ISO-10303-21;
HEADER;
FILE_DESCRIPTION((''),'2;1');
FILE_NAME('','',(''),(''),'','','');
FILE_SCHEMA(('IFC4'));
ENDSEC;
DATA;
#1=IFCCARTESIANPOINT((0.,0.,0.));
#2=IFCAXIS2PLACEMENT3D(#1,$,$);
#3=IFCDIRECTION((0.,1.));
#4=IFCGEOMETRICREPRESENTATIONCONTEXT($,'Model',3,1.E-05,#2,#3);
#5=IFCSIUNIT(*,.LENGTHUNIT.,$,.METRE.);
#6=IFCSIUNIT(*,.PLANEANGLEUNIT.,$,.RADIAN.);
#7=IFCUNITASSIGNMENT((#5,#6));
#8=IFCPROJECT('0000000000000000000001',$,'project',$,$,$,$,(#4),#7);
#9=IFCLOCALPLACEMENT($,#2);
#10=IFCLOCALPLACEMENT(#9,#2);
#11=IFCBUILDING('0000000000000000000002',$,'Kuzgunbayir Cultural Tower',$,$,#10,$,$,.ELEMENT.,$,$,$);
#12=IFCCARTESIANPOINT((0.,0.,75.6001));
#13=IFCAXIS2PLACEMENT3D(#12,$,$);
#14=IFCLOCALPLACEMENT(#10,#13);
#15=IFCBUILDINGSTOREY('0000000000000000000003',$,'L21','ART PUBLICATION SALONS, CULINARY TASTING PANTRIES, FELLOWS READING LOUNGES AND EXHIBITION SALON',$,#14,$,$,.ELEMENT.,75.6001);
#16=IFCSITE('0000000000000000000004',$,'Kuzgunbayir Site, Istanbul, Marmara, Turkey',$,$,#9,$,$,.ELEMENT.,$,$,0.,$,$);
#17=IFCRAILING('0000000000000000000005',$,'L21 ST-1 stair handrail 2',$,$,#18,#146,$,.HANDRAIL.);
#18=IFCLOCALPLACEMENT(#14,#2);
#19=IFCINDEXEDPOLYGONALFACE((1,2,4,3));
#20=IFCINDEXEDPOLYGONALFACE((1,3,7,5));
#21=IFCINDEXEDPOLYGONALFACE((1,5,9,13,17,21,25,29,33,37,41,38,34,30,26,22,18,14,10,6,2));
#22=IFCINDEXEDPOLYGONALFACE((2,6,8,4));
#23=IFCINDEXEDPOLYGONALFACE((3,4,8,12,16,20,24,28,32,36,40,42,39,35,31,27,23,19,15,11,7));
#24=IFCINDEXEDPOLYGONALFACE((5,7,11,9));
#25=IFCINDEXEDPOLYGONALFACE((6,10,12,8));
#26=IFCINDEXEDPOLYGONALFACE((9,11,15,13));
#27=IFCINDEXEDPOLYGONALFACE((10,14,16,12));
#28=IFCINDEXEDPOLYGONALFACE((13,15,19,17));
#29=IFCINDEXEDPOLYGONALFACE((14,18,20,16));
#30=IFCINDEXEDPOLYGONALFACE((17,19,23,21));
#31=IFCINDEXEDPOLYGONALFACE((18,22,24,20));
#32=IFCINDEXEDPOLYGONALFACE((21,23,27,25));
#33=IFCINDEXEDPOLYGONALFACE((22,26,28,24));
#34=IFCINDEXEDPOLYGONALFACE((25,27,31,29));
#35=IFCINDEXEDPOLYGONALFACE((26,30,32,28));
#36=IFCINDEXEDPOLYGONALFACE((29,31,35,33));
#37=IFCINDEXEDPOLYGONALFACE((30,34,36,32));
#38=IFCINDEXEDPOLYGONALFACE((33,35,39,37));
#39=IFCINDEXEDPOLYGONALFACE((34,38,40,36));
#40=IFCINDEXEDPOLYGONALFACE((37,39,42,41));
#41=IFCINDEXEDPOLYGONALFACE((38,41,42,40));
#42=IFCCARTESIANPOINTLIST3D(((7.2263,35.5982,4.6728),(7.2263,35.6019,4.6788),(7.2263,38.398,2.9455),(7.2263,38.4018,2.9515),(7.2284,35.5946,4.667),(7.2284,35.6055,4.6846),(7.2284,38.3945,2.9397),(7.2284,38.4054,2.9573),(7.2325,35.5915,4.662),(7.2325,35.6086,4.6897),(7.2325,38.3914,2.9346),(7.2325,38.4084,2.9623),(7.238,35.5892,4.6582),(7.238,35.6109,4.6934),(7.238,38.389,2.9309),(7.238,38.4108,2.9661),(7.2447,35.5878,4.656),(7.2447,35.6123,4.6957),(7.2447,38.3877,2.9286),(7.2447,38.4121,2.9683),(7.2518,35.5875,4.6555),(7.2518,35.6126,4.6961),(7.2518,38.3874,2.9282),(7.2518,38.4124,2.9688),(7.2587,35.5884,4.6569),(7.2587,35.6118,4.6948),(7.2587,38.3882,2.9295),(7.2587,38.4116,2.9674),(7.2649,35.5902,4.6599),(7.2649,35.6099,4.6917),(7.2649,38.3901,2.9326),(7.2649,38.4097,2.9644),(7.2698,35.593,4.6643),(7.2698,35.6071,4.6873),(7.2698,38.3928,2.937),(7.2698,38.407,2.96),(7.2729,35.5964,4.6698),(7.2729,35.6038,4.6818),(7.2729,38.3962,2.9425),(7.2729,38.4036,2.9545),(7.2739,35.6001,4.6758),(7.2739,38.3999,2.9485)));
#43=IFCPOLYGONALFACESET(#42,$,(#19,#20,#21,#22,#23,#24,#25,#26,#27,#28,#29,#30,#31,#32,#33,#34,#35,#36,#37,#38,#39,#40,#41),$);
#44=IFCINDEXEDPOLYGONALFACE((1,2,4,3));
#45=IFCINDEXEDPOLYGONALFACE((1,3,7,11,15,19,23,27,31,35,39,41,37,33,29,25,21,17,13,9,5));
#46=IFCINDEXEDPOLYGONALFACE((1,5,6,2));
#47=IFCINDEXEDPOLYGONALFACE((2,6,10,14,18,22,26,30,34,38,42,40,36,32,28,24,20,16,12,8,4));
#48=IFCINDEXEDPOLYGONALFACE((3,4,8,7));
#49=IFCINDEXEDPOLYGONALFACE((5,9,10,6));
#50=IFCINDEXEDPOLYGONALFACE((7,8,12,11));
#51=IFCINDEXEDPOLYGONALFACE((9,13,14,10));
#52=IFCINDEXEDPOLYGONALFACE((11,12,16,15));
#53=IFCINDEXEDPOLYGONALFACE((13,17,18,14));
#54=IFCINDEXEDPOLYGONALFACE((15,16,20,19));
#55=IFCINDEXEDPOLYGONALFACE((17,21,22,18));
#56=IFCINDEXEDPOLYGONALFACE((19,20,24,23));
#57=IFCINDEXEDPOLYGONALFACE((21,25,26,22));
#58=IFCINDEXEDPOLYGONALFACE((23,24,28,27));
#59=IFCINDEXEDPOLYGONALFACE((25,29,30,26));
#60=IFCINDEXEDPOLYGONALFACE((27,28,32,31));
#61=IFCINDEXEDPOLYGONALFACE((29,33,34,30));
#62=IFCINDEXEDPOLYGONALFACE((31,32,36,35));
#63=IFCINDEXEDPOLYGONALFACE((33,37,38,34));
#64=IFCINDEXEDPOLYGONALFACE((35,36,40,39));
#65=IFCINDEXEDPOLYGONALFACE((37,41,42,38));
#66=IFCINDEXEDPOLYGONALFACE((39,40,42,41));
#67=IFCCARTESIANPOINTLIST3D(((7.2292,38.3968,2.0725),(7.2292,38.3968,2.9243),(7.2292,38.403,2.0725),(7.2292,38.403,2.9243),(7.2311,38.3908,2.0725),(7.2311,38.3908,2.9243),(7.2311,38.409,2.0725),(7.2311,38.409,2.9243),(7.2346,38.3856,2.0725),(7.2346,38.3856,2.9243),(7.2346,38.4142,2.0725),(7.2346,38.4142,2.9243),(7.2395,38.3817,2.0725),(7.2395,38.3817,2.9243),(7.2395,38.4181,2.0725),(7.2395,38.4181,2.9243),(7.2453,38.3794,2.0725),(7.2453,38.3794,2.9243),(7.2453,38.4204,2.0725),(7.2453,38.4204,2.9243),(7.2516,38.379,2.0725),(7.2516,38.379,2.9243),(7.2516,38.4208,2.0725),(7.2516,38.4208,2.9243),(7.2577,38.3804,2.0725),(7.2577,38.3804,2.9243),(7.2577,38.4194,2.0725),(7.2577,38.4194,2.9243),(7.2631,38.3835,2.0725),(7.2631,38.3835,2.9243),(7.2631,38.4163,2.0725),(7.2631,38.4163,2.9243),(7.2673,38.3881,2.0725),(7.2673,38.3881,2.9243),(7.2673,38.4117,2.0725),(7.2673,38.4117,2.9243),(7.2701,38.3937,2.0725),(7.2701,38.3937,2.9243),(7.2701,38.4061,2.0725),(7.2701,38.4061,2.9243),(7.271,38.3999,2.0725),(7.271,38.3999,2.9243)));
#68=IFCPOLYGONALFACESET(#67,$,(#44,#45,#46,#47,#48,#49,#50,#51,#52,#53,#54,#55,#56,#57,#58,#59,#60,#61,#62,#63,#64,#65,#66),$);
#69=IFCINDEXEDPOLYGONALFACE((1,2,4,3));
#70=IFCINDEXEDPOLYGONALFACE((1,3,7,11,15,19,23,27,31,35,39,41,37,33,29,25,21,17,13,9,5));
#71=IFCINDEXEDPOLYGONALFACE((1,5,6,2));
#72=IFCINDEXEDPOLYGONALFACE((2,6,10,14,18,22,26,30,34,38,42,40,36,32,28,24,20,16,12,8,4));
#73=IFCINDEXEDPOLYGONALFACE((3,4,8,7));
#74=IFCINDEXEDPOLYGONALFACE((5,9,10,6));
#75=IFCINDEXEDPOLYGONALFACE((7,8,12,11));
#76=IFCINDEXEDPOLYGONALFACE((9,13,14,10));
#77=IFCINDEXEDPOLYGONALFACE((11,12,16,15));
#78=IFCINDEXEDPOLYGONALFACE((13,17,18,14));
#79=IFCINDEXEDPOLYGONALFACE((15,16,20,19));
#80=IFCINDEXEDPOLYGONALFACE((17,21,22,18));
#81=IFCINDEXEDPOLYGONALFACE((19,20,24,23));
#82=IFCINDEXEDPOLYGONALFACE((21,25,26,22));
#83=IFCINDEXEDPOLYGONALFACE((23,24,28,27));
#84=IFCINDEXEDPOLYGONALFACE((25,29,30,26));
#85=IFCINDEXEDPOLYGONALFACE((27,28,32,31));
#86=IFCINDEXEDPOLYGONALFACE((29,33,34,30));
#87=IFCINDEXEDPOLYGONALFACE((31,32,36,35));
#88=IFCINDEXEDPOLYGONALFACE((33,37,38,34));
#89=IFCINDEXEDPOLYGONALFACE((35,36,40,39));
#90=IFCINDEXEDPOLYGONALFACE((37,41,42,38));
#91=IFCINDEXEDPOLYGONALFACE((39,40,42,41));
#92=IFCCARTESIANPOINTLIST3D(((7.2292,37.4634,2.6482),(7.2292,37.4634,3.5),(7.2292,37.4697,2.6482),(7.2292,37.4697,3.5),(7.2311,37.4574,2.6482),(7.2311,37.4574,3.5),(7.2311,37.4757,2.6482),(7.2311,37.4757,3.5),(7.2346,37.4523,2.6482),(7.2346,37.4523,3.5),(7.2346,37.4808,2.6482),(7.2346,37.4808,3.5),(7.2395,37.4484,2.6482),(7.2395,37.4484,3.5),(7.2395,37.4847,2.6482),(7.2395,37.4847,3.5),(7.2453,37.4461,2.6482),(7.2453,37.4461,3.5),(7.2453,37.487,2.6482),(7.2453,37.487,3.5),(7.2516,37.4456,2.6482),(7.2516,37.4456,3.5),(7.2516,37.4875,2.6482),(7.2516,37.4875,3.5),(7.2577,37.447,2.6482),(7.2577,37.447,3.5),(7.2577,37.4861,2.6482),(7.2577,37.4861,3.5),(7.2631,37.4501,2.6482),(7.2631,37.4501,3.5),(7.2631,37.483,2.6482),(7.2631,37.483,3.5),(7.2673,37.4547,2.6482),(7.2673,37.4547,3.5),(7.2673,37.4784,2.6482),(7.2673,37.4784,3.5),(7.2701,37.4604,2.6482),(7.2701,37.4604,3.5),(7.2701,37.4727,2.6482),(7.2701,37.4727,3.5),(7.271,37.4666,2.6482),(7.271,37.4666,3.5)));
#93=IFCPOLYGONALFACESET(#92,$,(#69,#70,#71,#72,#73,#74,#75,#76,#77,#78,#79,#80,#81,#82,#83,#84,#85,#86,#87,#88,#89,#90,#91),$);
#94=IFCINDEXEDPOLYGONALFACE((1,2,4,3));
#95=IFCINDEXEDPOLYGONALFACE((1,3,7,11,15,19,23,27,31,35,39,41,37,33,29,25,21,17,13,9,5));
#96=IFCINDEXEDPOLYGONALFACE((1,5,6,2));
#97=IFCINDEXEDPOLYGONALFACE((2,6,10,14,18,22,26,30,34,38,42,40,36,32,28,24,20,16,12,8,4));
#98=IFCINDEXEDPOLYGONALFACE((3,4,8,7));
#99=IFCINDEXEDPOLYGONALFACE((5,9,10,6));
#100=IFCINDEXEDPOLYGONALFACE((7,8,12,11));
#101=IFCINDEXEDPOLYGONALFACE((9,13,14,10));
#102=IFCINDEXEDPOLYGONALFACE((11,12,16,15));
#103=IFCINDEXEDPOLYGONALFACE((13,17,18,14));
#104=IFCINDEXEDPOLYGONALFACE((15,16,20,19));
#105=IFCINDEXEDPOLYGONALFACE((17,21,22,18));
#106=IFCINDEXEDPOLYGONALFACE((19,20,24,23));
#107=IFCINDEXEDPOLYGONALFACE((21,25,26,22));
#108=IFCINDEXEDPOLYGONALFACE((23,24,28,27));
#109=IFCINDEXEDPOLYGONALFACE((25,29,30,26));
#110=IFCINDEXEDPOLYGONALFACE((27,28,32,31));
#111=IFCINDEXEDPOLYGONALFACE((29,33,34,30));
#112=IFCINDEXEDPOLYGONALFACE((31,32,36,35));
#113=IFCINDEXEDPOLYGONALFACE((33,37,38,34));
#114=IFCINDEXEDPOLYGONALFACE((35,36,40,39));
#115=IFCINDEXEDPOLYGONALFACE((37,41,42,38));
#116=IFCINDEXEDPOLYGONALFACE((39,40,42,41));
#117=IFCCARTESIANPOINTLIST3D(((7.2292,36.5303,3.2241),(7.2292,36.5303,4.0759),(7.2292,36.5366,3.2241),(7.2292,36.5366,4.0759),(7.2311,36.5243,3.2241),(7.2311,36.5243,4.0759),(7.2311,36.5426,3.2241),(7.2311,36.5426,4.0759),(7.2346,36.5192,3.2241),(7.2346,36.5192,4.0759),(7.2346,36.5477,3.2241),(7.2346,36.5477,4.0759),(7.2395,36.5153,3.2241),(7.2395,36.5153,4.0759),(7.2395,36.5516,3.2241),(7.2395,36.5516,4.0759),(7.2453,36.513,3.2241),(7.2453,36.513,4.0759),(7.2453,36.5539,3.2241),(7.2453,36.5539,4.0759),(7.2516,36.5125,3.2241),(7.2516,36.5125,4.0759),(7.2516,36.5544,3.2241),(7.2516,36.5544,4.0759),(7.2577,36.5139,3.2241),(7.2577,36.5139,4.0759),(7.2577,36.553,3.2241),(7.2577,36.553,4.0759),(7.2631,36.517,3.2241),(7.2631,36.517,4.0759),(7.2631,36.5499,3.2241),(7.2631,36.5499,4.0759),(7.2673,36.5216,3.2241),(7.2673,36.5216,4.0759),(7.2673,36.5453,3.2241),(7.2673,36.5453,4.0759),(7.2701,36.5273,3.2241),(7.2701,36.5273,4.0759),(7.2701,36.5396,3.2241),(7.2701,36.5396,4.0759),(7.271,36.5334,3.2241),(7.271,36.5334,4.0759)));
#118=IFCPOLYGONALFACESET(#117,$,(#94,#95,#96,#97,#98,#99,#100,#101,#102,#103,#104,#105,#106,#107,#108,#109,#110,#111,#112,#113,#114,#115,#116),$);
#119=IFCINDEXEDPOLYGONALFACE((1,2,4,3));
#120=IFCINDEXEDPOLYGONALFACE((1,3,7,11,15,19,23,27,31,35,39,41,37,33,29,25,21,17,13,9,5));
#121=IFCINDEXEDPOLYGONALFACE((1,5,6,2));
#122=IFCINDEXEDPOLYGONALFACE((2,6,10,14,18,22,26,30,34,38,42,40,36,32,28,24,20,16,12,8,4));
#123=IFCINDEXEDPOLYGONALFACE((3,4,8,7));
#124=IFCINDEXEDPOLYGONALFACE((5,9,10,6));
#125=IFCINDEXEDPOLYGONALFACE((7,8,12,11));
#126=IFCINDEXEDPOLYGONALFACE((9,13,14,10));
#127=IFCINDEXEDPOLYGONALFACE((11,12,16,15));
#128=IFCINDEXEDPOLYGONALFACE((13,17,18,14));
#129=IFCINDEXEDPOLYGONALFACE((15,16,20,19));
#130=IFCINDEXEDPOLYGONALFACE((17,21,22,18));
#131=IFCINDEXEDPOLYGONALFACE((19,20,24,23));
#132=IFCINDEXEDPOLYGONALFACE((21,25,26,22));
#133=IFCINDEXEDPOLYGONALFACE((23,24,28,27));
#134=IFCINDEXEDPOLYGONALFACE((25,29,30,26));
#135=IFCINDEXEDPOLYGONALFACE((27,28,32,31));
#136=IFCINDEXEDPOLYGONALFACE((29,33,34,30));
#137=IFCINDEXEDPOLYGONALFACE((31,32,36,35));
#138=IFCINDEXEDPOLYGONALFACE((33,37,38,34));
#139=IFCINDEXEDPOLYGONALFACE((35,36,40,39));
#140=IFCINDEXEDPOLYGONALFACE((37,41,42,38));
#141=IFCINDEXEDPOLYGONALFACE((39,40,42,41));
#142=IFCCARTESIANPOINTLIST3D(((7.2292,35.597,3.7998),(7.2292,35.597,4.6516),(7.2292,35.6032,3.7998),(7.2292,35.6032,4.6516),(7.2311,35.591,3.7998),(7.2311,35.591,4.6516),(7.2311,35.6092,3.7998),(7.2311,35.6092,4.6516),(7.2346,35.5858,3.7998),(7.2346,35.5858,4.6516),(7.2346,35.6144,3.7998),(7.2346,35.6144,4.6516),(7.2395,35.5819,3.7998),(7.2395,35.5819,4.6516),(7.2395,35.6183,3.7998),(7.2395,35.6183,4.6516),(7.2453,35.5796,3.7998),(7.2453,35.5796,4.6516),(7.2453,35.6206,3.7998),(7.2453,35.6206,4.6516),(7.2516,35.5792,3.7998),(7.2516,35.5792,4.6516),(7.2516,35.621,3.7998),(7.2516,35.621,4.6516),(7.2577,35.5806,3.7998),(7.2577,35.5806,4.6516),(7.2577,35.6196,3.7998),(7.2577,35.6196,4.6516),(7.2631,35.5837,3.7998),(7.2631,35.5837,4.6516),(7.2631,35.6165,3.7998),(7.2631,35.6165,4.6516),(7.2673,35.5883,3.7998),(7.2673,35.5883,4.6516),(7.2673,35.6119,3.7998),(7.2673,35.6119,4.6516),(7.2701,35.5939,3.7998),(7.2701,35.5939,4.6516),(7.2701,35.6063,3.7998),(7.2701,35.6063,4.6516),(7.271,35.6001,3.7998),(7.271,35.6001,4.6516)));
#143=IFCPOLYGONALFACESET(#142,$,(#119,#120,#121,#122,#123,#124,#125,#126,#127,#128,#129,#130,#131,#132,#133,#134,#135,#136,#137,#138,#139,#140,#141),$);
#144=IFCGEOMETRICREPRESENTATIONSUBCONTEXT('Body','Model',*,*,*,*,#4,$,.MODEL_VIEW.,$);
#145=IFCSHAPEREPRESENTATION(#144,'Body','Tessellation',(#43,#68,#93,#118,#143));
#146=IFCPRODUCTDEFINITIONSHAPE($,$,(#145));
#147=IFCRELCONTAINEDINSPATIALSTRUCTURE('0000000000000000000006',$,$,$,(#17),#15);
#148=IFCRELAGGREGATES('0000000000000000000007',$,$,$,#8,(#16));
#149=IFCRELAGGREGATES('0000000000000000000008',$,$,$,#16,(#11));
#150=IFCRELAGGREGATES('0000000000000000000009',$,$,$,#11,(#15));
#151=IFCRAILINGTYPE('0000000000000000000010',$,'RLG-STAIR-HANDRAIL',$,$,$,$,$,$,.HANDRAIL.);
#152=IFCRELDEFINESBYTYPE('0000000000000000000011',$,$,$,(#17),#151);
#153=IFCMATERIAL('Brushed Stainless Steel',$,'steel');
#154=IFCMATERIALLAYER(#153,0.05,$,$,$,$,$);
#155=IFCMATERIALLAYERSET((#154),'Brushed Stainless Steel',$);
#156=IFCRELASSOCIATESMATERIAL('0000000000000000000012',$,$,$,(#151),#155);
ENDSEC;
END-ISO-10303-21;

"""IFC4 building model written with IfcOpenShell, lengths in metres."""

from ifc_helpers import new_model, si_unit, direction, frame, origin, origin_2d, place, context, subcontext, project, spatial, circle, extrude, material, layer, layer_set, type_object, element, save


model = new_model("IFC4")

# Units and contexts
model_context = context("Model", 3, precision=1e-05, world=origin(), true_north=direction((0.0, 1.0)))
body_context = subcontext(model_context, "Body", "Model", "MODEL_VIEW")
ifc_project = project(units=[si_unit("LENGTHUNIT", "METRE"), si_unit("PLANEANGLEUNIT", "RADIAN")], contexts=[model_context])

# Site, building, storey
site_placement = place(None, origin())
site = spatial("IfcSite", under=ifc_project, at=site_placement, Name="Kuzgunbayir Site, Istanbul, Marmara, Turkey", CompositionType="ELEMENT", RefElevation=0.0)
building_placement = place(site_placement, origin())
building = spatial("IfcBuilding", under=site, at=building_placement, Name="Kuzgunbayir Cultural Tower", CompositionType="ELEMENT")
storey_placement = place(building_placement, frame((0.0, 0.0, 75.6001)))
storey = spatial("IfcBuildingStorey", under=building, at=storey_placement, Name="L21", Description="ART PUBLICATION SALONS, CULINARY TASTING PANTRIES, FELLOWS READING LOUNGES AND EXHIBITION SALON", CompositionType="ELEMENT", Elevation=75.6001)

# Shared definitions
ifc_material_1 = material(Name="Brushed Stainless Steel", Category="steel")

# Railing
ifc_layer_1 = layer(ifc_material_1, 0.05)
ifc_layer_set_1 = layer_set([ifc_layer_1], Name="Brushed Stainless Steel")
railing_type_1 = type_object("IfcRailingType", Name="RLG-STAIR-HANDRAIL", PredefinedType="HANDRAIL", material=ifc_layer_set_1)
railing_1_placement = place(storey_placement, frame((7.25, 38.3999, 2.0725)))
element("IfcRailing", 1, at=railing_1_placement, inside=storey, type_object=railing_type_1, Name="L21 ST-1 stair handrail 2", PredefinedType="HANDRAIL", context=body_context, shape_type="SweptSolid", body=[
    extrude(circle(Radius=0.0239, at=origin_2d()), frame((0.0, 0.0, 0.876), z_axis=(0.0, -0.851069, 0.525054), x_axis=(1.0, 0.0, 0.0)), (0.0, 0.0, 1.0), 3.2898),
    extrude(circle(Radius=0.021, at=origin_2d()), origin(), (0.0, 0.0, 1.0), 0.8518),
    extrude(circle(Radius=0.021, at=origin_2d()), frame((0.0, -0.9333, 0.5757)), (0.0, 0.0, 1.0), 0.8518),
    extrude(circle(Radius=0.021, at=origin_2d()), frame((0.0, -1.8665, 1.1516)), (0.0, 0.0, 1.0), 0.8518),
    extrude(circle(Radius=0.021, at=origin_2d()), frame((0.0, -2.7998, 1.7273)), (0.0, 0.0, 1.0), 0.8518),
])

save(model, "model.ifc")
